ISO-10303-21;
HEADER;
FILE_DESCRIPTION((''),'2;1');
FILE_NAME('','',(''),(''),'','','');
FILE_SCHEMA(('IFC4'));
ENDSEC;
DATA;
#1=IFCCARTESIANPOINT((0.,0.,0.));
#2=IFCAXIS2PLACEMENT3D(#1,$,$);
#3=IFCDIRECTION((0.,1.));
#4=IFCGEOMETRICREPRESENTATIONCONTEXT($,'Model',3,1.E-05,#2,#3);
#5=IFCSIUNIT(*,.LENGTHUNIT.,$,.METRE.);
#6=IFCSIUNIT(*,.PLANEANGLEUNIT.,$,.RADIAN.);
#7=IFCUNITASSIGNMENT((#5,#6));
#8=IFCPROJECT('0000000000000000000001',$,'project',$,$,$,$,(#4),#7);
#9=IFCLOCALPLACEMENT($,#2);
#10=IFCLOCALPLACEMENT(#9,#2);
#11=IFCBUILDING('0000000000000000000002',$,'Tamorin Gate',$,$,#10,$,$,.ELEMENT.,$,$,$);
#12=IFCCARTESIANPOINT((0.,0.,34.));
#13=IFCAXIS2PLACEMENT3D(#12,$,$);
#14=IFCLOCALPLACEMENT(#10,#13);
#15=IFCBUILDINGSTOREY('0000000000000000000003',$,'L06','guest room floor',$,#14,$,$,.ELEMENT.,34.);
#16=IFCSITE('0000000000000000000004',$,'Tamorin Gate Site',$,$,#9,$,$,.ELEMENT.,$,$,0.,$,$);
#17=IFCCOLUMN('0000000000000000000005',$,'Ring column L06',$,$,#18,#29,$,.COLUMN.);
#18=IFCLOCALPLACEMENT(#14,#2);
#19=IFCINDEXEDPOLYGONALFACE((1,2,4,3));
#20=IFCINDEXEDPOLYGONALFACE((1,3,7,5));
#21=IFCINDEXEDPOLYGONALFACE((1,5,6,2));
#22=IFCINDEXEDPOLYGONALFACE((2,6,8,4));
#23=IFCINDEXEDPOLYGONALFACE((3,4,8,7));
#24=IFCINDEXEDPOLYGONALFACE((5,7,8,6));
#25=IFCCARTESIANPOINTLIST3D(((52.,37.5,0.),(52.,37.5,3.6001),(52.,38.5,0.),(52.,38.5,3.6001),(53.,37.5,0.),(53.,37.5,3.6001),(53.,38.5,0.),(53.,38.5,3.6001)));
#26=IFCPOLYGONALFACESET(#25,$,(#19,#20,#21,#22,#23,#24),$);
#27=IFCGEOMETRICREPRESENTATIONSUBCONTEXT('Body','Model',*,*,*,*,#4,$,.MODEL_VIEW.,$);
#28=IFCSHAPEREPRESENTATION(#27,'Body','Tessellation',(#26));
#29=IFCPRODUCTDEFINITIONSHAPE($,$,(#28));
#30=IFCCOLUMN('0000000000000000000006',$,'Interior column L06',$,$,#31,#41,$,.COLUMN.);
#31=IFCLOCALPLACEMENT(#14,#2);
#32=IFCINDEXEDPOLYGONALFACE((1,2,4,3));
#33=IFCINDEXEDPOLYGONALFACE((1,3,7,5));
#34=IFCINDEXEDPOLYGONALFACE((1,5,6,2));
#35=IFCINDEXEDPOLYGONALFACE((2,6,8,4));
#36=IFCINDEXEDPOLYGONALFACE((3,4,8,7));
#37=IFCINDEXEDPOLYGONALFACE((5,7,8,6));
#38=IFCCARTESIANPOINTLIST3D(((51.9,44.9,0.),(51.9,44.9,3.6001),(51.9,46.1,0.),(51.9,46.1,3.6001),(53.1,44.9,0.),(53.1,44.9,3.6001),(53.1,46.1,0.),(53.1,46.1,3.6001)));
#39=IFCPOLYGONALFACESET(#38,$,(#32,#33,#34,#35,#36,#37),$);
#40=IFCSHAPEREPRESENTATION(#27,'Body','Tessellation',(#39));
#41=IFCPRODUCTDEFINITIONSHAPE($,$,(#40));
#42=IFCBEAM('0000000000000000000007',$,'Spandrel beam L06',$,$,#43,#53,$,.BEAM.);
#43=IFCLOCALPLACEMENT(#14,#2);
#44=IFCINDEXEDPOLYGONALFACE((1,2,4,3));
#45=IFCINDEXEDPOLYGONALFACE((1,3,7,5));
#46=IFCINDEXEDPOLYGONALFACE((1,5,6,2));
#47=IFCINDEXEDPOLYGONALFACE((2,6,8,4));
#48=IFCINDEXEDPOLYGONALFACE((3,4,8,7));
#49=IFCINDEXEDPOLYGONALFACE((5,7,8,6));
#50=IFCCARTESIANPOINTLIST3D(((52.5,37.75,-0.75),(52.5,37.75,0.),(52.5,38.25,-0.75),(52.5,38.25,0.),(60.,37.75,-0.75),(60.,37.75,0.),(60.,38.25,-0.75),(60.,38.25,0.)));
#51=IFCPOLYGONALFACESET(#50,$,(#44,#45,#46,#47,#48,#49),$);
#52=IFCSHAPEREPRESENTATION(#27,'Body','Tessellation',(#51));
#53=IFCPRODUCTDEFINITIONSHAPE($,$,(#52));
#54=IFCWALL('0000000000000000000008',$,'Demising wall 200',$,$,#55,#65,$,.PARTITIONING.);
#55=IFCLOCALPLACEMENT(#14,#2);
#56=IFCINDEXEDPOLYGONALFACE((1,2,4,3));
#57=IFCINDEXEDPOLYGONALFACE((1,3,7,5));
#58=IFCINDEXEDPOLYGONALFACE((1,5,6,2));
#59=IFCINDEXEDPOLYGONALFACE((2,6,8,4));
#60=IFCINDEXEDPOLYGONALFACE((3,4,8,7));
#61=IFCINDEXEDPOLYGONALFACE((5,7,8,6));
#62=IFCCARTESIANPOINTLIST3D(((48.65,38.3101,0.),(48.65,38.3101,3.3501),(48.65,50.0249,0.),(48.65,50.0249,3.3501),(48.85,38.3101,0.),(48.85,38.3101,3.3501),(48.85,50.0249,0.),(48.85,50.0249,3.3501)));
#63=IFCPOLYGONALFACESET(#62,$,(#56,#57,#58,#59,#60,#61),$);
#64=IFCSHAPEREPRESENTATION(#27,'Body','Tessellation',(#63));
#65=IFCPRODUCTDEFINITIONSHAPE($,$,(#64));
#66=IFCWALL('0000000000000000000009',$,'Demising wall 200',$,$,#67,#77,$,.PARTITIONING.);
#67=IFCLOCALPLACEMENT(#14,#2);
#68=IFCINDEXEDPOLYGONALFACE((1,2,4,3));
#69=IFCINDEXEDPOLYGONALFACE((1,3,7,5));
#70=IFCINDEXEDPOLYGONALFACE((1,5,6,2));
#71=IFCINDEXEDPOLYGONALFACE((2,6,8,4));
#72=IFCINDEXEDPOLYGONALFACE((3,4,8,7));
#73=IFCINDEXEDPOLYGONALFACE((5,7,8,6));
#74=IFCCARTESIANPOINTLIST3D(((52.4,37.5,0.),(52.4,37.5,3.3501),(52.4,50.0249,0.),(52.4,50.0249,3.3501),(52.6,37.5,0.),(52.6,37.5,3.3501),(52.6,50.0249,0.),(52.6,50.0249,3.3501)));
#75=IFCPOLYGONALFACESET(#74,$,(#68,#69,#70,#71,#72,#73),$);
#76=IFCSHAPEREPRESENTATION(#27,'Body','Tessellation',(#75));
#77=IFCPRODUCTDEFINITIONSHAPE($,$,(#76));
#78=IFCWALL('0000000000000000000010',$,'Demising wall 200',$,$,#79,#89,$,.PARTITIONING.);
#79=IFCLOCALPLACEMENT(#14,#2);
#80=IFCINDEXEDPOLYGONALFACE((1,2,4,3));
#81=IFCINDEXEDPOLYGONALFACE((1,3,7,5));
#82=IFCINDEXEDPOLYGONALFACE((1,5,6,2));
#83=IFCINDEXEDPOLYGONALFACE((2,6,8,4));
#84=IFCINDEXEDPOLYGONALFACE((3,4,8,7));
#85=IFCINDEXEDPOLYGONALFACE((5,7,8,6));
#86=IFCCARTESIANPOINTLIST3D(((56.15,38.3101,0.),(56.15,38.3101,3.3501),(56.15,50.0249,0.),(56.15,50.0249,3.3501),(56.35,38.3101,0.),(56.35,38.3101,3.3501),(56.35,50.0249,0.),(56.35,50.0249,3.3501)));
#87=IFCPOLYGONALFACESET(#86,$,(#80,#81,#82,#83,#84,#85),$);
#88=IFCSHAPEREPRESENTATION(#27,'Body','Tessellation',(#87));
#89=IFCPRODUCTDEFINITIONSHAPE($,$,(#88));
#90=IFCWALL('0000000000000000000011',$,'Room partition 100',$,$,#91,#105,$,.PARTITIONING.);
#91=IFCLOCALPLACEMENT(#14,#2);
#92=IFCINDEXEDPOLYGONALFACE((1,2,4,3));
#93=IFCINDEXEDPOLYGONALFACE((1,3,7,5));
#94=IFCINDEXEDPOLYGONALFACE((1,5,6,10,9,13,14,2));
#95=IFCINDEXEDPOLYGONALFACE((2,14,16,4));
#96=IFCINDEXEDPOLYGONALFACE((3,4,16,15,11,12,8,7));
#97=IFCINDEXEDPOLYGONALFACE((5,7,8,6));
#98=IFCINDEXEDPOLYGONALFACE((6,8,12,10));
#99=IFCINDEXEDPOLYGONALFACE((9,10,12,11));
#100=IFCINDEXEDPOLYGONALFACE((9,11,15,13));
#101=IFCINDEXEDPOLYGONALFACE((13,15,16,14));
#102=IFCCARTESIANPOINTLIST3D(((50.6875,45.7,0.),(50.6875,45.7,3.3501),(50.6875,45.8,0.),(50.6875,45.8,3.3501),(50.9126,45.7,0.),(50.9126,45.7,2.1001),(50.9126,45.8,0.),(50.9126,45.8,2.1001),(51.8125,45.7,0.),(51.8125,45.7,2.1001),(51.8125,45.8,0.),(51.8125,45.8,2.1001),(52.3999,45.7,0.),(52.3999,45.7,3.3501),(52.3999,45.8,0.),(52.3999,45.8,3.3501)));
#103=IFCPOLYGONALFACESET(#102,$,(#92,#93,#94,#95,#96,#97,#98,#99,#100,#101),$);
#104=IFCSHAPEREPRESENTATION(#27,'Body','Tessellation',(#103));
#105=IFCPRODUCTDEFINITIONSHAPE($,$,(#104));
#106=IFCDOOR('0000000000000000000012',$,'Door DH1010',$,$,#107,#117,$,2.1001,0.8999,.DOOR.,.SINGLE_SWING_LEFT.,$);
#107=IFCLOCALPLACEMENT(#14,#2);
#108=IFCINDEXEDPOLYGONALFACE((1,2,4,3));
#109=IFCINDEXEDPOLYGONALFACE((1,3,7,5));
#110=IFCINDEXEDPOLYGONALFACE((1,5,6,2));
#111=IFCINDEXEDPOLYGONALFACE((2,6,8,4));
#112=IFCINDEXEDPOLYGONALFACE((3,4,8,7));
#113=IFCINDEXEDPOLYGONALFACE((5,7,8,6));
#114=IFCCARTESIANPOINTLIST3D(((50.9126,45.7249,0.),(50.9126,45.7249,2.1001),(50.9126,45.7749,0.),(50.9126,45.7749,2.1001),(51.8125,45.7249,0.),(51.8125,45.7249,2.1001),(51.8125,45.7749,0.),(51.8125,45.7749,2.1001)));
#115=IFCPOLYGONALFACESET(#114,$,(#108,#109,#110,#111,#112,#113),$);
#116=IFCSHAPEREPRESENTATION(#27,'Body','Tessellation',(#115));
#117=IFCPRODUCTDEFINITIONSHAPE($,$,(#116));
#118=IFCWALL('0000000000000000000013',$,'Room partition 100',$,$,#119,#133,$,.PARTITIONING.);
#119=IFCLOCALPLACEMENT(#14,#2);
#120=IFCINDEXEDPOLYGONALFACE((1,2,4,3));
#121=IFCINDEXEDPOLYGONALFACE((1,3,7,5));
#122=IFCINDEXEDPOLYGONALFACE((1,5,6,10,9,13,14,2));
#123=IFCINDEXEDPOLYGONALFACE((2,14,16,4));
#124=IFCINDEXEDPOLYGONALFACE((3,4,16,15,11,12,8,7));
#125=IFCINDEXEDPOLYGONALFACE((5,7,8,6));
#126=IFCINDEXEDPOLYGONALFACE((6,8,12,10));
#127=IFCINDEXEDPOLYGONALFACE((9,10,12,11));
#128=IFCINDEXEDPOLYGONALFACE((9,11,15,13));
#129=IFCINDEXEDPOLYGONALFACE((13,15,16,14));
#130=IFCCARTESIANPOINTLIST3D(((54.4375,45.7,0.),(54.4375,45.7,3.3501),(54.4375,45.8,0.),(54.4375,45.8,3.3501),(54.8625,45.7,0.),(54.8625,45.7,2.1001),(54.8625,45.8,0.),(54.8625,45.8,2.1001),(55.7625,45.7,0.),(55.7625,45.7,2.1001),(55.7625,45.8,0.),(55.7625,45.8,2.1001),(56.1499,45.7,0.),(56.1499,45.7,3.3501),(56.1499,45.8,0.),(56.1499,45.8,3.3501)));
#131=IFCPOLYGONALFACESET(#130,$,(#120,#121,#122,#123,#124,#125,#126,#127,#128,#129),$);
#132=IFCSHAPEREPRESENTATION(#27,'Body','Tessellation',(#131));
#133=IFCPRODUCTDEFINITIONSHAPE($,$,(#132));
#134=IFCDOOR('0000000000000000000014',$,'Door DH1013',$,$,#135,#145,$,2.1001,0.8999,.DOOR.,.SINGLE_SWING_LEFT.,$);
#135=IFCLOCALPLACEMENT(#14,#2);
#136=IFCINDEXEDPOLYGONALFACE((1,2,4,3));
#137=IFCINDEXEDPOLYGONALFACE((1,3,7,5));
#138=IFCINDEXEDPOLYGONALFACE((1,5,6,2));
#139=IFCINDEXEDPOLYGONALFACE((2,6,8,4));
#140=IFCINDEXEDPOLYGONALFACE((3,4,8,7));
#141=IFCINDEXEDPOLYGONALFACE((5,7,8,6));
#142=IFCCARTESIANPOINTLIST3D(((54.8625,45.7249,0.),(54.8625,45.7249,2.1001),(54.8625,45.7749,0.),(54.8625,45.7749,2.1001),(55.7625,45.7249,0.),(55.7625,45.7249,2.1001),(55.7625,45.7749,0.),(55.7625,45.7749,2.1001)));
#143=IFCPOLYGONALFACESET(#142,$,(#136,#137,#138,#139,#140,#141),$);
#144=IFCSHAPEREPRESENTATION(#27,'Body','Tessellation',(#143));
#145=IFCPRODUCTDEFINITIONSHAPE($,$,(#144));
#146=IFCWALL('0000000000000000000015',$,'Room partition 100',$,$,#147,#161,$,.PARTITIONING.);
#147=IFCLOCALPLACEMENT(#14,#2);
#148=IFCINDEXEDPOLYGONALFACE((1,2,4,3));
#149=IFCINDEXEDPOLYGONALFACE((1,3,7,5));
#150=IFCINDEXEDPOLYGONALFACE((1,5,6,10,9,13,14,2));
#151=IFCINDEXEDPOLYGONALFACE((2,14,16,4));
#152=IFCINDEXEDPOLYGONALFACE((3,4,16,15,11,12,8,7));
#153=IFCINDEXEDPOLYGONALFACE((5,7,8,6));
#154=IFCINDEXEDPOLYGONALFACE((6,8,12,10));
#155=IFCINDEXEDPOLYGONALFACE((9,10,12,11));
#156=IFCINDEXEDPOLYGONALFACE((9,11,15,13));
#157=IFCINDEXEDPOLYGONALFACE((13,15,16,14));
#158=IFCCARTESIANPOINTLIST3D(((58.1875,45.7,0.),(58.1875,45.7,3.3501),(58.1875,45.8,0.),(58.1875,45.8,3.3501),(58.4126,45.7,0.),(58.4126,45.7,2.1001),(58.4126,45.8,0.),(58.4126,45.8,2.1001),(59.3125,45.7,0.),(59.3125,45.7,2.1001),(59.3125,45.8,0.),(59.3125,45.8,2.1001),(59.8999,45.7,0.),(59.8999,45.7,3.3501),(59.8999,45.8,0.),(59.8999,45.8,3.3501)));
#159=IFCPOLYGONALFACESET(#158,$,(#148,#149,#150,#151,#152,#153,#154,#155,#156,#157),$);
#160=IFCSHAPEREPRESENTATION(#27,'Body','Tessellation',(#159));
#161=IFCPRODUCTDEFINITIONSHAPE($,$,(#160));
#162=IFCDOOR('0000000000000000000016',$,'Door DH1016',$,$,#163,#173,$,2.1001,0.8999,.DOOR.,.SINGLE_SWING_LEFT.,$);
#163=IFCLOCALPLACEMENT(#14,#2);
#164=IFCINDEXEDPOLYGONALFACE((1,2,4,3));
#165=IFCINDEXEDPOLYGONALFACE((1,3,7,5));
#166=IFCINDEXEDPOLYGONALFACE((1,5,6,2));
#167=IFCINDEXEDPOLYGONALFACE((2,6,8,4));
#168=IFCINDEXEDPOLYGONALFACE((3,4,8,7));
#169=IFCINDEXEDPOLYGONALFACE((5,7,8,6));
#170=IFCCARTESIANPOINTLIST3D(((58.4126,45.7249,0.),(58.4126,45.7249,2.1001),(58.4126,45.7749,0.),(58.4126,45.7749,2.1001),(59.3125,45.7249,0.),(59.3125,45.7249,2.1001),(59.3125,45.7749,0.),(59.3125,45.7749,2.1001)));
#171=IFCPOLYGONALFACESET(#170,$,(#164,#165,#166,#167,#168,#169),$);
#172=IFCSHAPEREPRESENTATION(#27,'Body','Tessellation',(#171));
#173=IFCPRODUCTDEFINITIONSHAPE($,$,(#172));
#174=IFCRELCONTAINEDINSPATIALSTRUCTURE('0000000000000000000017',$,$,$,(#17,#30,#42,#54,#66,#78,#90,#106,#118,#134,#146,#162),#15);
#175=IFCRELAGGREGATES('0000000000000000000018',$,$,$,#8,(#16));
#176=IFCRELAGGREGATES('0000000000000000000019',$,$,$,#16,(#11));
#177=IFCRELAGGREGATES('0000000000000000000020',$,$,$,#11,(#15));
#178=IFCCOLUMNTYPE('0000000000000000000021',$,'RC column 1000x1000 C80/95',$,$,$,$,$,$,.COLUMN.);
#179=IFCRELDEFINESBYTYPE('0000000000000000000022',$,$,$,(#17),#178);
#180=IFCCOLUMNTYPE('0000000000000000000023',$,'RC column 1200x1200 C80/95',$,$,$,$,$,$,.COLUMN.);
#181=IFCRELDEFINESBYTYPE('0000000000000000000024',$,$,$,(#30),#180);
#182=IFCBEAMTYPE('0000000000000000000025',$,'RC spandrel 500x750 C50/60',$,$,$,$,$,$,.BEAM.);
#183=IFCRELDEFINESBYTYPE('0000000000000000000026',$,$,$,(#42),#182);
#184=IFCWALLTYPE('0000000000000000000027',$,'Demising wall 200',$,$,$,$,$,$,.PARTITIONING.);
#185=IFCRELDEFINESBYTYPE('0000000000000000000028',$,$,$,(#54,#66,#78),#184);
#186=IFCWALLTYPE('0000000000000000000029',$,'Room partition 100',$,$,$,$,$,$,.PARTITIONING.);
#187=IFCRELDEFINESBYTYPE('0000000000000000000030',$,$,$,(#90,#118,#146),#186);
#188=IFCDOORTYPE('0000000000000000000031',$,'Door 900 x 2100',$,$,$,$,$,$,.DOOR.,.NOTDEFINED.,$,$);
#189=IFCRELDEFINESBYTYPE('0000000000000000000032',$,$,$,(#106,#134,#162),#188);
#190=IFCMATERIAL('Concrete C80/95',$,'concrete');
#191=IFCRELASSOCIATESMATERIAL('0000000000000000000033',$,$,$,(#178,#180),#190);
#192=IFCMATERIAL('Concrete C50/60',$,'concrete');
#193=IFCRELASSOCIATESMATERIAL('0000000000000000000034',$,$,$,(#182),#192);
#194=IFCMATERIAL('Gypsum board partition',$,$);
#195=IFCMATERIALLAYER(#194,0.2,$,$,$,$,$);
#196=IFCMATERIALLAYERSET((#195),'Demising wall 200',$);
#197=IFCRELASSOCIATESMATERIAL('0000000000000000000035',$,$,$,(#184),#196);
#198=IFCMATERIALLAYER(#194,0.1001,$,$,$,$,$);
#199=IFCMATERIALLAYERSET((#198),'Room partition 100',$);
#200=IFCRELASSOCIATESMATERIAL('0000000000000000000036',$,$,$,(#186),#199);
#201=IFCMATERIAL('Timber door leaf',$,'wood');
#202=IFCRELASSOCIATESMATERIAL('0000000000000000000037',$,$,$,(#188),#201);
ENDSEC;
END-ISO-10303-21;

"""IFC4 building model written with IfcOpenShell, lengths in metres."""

from ifc_helpers import new_model, si_unit, direction, frame, frame_2d, origin, origin_2d, place, context, subcontext, project, spatial, rectangle, extrude, material, layer, layer_set, material_profile, profile_set, type_object, element, fill, save


model = new_model("IFC4")

# Units and contexts
model_context = context("Model", 3, precision=1e-05, world=origin(), true_north=direction((0.0, 1.0)))
body_context = subcontext(model_context, "Body", "Model", "MODEL_VIEW")
ifc_project = project(units=[si_unit("LENGTHUNIT", "METRE"), si_unit("PLANEANGLEUNIT", "RADIAN")], contexts=[model_context])

# Site, building, storey
site_placement = place(None, origin())
site = spatial("IfcSite", under=ifc_project, at=site_placement, Name="Tamorin Gate Site", CompositionType="ELEMENT", RefElevation=0.0)
building_placement = place(site_placement, origin())
building = spatial("IfcBuilding", under=site, at=building_placement, Name="Tamorin Gate", CompositionType="ELEMENT")
storey_placement = place(building_placement, frame((0.0, 0.0, 34.0)))
storey = spatial("IfcBuildingStorey", under=building, at=storey_placement, Name="L06", Description="guest room floor", CompositionType="ELEMENT", Elevation=34.0)

# Columns
ifc_material_1 = material(Name="Concrete C80/95", Category="concrete")
ifc_material_profile_1 = material_profile(ifc_material_1, rectangle(XDim=1.0, YDim=1.0, at=origin_2d()), Name="RC 1000x1000")
ifc_profile_set_1 = profile_set([ifc_material_profile_1], Name="Concrete C80/95")
column_type_1 = type_object("IfcColumnType", Name="RC column 1000x1000 C80/95", PredefinedType="COLUMN", material=ifc_profile_set_1)
column_1_placement = place(storey_placement, frame((52.5, 38.0, 0.0), z_axis=(0.0, 0.0, 1.0), x_axis=(1.0, 0.0, 0.0)))
element("IfcColumn", 1, at=column_1_placement, inside=storey, type_object=column_type_1, Name="Ring column L06", PredefinedType="COLUMN", context=body_context, shape_type="SweptSolid", body=[
    extrude(rectangle(XDim=1.0, YDim=1.0, at=origin_2d()), origin(), (0.0, 0.0, 1.0), 3.6001),
])
ifc_material_profile_2 = material_profile(ifc_material_1, rectangle(XDim=1.2, YDim=1.2, at=origin_2d()), Name="RC 1200x1200")
ifc_profile_set_2 = profile_set([ifc_material_profile_2], Name="Concrete C80/95")
column_type_2 = type_object("IfcColumnType", Name="RC column 1200x1200 C80/95", PredefinedType="COLUMN", material=ifc_profile_set_2)
column_2_placement = place(storey_placement, frame((52.5, 45.5, 0.0), z_axis=(0.0, 0.0, 1.0), x_axis=(1.0, 0.0, 0.0)))
element("IfcColumn", 2, at=column_2_placement, inside=storey, type_object=column_type_2, Name="Interior column L06", PredefinedType="COLUMN", context=body_context, shape_type="SweptSolid", body=[
    extrude(rectangle(XDim=1.2, YDim=1.2, at=origin_2d()), origin(), (0.0, 0.0, 1.0), 3.6001),
])

# Beam
ifc_material_2 = material(Name="Concrete C50/60", Category="concrete")
ifc_material_profile_3 = material_profile(ifc_material_2, rectangle(XDim=0.5, YDim=0.75, at=origin_2d()), Name="RC 500x750")
ifc_profile_set_3 = profile_set([ifc_material_profile_3], Name="Concrete C50/60")
beam_type = type_object("IfcBeamType", Name="RC spandrel 500x750 C50/60", PredefinedType="BEAM", material=ifc_profile_set_3)
beam_placement = place(storey_placement, frame((52.5, 38.0, -0.375), z_axis=(1.0, 0.0, 0.0), x_axis=(0.0, 1.0, 0.0)))
element("IfcBeam", 3, at=beam_placement, inside=storey, type_object=beam_type, Name="Spandrel beam L06", PredefinedType="BEAM", context=body_context, shape_type="SweptSolid", body=[
    extrude(rectangle(XDim=0.5, YDim=0.75, at=origin_2d()), origin(), (0.0, 0.0, 1.0), 7.5),
])

# Walls
ifc_material_3 = material(Name="Gypsum board partition")
ifc_layer_1 = layer(ifc_material_3, 0.2)
ifc_layer_set_1 = layer_set([ifc_layer_1], Name="Demising wall 200")
wall_type_1 = type_object("IfcWallType", Name="Demising wall 200", PredefinedType="PARTITIONING", material=ifc_layer_set_1)
wall_1_placement = place(storey_placement, frame((48.75, 38.3101, 0.0), z_axis=(0.0, 0.0, 1.0), x_axis=(0.0, 1.0, 0.0)))
element("IfcWall", 4, at=wall_1_placement, inside=storey, type_object=wall_type_1, Name="Demising wall 200", PredefinedType="PARTITIONING", context=body_context, shape_type="SweptSolid", body=[
    extrude(rectangle(XDim=11.7148, YDim=0.2, at=frame_2d((5.8574, 0.0))), origin(), (0.0, 0.0, 1.0), 3.3501),
])
wall_2_placement = place(storey_placement, frame((52.5, 37.5, 0.0), z_axis=(0.0, 0.0, 1.0), x_axis=(0.0, 1.0, 0.0)))
element("IfcWall", 5, at=wall_2_placement, inside=storey, type_object=wall_type_1, Name="Demising wall 200", PredefinedType="PARTITIONING", context=body_context, shape_type="SweptSolid", body=[
    extrude(rectangle(XDim=12.5249, YDim=0.2, at=frame_2d((6.2625, 0.0))), origin(), (0.0, 0.0, 1.0), 3.3501),
])
wall_3_placement = place(storey_placement, frame((56.25, 38.3101, 0.0), z_axis=(0.0, 0.0, 1.0), x_axis=(0.0, 1.0, 0.0)))
element("IfcWall", 6, at=wall_3_placement, inside=storey, type_object=wall_type_1, Name="Demising wall 200", PredefinedType="PARTITIONING", context=body_context, shape_type="SweptSolid", body=[
    extrude(rectangle(XDim=11.7148, YDim=0.2, at=frame_2d((5.8574, 0.0))), origin(), (0.0, 0.0, 1.0), 3.3501),
])

# Walls, openings, doors
ifc_layer_2 = layer(ifc_material_3, 0.1001)
ifc_layer_set_2 = layer_set([ifc_layer_2], Name="Room partition 100")
wall_type_2 = type_object("IfcWallType", Name="Room partition 100", PredefinedType="PARTITIONING", material=ifc_layer_set_2)
wall_4_placement = place(storey_placement, frame((50.6875, 45.75, 0.0), z_axis=(0.0, 0.0, 1.0), x_axis=(1.0, 0.0, 0.0)))
wall_4 = element("IfcWall", 7, at=wall_4_placement, inside=storey, type_object=wall_type_2, Name="Room partition 100", PredefinedType="PARTITIONING", context=body_context, shape_type="SweptSolid", body=[
    extrude(rectangle(XDim=1.7124, YDim=0.1001, at=frame_2d((0.8562, 0.0))), origin(), (0.0, 0.0, 1.0), 3.3501),
])
opening_1_placement = place(wall_4_placement, frame((0.2251, 0.0, 0.0)))
opening_1 = element("IfcOpeningElement", 8, at=opening_1_placement, cuts=wall_4, PredefinedType="OPENING", context=body_context, shape_type="SweptSolid", body=[
    extrude(rectangle(XDim=0.8999, YDim=2.1001, at=frame_2d((0.45, 1.05))), frame((0.0, 0.0601, 0.0), z_axis=(0.0, -1.0, 0.0), x_axis=(1.0, 0.0, 0.0)), (0.0, 0.0, 1.0), 0.1201),
])
ifc_material_4 = material(Name="Timber door leaf", Category="wood")
door_type_1 = type_object("IfcDoorType", Name="Door 900 x 2100", OperationType="NOTDEFINED", PredefinedType="DOOR", material=ifc_material_4)
door_1_placement = place(opening_1_placement, origin())
door_1 = element("IfcDoor", 9, at=door_1_placement, inside=storey, type_object=door_type_1, Name="Door DH1010", OperationType="SINGLE_SWING_LEFT", OverallHeight=2.1001, OverallWidth=0.8999, PredefinedType="DOOR", context=body_context, shape_type="SweptSolid", body=[
    extrude(rectangle(XDim=0.8999, YDim=2.1001, at=frame_2d((0.45, 1.05))), frame((0.0, 0.0249, 0.0), z_axis=(0.0, -1.0, 0.0), x_axis=(1.0, 0.0, 0.0)), (0.0, 0.0, 1.0), 0.05),
])
fill(opening_1, door_1)
wall_5_placement = place(storey_placement, frame((54.4375, 45.75, 0.0), z_axis=(0.0, 0.0, 1.0), x_axis=(1.0, 0.0, 0.0)))
wall_5 = element("IfcWall", 10, at=wall_5_placement, inside=storey, type_object=wall_type_2, Name="Room partition 100", PredefinedType="PARTITIONING", context=body_context, shape_type="SweptSolid", body=[
    extrude(rectangle(XDim=1.7124, YDim=0.1001, at=frame_2d((0.8562, 0.0))), origin(), (0.0, 0.0, 1.0), 3.3501),
])
opening_2_placement = place(wall_5_placement, frame((0.425, 0.0, 0.0)))
opening_2 = element("IfcOpeningElement", 11, at=opening_2_placement, cuts=wall_5, PredefinedType="OPENING", context=body_context, shape_type="SweptSolid", body=[
    extrude(rectangle(XDim=0.8999, YDim=2.1001, at=frame_2d((0.45, 1.05))), frame((0.0, 0.0601, 0.0), z_axis=(0.0, -1.0, 0.0), x_axis=(1.0, 0.0, 0.0)), (0.0, 0.0, 1.0), 0.1201),
])
door_2_placement = place(opening_2_placement, origin())
door_2 = element("IfcDoor", 12, at=door_2_placement, inside=storey, type_object=door_type_1, Name="Door DH1013", OperationType="SINGLE_SWING_LEFT", OverallHeight=2.1001, OverallWidth=0.8999, PredefinedType="DOOR", context=body_context, shape_type="SweptSolid", body=[
    extrude(rectangle(XDim=0.8999, YDim=2.1001, at=frame_2d((0.45, 1.05))), frame((0.0, 0.0249, 0.0), z_axis=(0.0, -1.0, 0.0), x_axis=(1.0, 0.0, 0.0)), (0.0, 0.0, 1.0), 0.05),
])
fill(opening_2, door_2)
wall_6_placement = place(storey_placement, frame((58.1875, 45.75, 0.0), z_axis=(0.0, 0.0, 1.0), x_axis=(1.0, 0.0, 0.0)))
wall_6 = element("IfcWall", 13, at=wall_6_placement, inside=storey, type_object=wall_type_2, Name="Room partition 100", PredefinedType="PARTITIONING", context=body_context, shape_type="SweptSolid", body=[
    extrude(rectangle(XDim=1.7124, YDim=0.1001, at=frame_2d((0.8562, 0.0))), origin(), (0.0, 0.0, 1.0), 3.3501),
])
opening_3_placement = place(wall_6_placement, frame((0.2251, 0.0, 0.0)))
opening_3 = element("IfcOpeningElement", 14, at=opening_3_placement, cuts=wall_6, PredefinedType="OPENING", context=body_context, shape_type="SweptSolid", body=[
    extrude(rectangle(XDim=0.8999, YDim=2.1001, at=frame_2d((0.45, 1.05))), frame((0.0, 0.0601, 0.0), z_axis=(0.0, -1.0, 0.0), x_axis=(1.0, 0.0, 0.0)), (0.0, 0.0, 1.0), 0.1201),
])
door_3_placement = place(opening_3_placement, origin())
door_3 = element("IfcDoor", 15, at=door_3_placement, inside=storey, type_object=door_type_1, Name="Door DH1016", OperationType="SINGLE_SWING_LEFT", OverallHeight=2.1001, OverallWidth=0.8999, PredefinedType="DOOR", context=body_context, shape_type="SweptSolid", body=[
    extrude(rectangle(XDim=0.8999, YDim=2.1001, at=frame_2d((0.45, 1.05))), frame((0.0, 0.0249, 0.0), z_axis=(0.0, -1.0, 0.0), x_axis=(1.0, 0.0, 0.0)), (0.0, 0.0, 1.0), 0.05),
])
fill(opening_3, door_3)

save(model, "model.ifc")
